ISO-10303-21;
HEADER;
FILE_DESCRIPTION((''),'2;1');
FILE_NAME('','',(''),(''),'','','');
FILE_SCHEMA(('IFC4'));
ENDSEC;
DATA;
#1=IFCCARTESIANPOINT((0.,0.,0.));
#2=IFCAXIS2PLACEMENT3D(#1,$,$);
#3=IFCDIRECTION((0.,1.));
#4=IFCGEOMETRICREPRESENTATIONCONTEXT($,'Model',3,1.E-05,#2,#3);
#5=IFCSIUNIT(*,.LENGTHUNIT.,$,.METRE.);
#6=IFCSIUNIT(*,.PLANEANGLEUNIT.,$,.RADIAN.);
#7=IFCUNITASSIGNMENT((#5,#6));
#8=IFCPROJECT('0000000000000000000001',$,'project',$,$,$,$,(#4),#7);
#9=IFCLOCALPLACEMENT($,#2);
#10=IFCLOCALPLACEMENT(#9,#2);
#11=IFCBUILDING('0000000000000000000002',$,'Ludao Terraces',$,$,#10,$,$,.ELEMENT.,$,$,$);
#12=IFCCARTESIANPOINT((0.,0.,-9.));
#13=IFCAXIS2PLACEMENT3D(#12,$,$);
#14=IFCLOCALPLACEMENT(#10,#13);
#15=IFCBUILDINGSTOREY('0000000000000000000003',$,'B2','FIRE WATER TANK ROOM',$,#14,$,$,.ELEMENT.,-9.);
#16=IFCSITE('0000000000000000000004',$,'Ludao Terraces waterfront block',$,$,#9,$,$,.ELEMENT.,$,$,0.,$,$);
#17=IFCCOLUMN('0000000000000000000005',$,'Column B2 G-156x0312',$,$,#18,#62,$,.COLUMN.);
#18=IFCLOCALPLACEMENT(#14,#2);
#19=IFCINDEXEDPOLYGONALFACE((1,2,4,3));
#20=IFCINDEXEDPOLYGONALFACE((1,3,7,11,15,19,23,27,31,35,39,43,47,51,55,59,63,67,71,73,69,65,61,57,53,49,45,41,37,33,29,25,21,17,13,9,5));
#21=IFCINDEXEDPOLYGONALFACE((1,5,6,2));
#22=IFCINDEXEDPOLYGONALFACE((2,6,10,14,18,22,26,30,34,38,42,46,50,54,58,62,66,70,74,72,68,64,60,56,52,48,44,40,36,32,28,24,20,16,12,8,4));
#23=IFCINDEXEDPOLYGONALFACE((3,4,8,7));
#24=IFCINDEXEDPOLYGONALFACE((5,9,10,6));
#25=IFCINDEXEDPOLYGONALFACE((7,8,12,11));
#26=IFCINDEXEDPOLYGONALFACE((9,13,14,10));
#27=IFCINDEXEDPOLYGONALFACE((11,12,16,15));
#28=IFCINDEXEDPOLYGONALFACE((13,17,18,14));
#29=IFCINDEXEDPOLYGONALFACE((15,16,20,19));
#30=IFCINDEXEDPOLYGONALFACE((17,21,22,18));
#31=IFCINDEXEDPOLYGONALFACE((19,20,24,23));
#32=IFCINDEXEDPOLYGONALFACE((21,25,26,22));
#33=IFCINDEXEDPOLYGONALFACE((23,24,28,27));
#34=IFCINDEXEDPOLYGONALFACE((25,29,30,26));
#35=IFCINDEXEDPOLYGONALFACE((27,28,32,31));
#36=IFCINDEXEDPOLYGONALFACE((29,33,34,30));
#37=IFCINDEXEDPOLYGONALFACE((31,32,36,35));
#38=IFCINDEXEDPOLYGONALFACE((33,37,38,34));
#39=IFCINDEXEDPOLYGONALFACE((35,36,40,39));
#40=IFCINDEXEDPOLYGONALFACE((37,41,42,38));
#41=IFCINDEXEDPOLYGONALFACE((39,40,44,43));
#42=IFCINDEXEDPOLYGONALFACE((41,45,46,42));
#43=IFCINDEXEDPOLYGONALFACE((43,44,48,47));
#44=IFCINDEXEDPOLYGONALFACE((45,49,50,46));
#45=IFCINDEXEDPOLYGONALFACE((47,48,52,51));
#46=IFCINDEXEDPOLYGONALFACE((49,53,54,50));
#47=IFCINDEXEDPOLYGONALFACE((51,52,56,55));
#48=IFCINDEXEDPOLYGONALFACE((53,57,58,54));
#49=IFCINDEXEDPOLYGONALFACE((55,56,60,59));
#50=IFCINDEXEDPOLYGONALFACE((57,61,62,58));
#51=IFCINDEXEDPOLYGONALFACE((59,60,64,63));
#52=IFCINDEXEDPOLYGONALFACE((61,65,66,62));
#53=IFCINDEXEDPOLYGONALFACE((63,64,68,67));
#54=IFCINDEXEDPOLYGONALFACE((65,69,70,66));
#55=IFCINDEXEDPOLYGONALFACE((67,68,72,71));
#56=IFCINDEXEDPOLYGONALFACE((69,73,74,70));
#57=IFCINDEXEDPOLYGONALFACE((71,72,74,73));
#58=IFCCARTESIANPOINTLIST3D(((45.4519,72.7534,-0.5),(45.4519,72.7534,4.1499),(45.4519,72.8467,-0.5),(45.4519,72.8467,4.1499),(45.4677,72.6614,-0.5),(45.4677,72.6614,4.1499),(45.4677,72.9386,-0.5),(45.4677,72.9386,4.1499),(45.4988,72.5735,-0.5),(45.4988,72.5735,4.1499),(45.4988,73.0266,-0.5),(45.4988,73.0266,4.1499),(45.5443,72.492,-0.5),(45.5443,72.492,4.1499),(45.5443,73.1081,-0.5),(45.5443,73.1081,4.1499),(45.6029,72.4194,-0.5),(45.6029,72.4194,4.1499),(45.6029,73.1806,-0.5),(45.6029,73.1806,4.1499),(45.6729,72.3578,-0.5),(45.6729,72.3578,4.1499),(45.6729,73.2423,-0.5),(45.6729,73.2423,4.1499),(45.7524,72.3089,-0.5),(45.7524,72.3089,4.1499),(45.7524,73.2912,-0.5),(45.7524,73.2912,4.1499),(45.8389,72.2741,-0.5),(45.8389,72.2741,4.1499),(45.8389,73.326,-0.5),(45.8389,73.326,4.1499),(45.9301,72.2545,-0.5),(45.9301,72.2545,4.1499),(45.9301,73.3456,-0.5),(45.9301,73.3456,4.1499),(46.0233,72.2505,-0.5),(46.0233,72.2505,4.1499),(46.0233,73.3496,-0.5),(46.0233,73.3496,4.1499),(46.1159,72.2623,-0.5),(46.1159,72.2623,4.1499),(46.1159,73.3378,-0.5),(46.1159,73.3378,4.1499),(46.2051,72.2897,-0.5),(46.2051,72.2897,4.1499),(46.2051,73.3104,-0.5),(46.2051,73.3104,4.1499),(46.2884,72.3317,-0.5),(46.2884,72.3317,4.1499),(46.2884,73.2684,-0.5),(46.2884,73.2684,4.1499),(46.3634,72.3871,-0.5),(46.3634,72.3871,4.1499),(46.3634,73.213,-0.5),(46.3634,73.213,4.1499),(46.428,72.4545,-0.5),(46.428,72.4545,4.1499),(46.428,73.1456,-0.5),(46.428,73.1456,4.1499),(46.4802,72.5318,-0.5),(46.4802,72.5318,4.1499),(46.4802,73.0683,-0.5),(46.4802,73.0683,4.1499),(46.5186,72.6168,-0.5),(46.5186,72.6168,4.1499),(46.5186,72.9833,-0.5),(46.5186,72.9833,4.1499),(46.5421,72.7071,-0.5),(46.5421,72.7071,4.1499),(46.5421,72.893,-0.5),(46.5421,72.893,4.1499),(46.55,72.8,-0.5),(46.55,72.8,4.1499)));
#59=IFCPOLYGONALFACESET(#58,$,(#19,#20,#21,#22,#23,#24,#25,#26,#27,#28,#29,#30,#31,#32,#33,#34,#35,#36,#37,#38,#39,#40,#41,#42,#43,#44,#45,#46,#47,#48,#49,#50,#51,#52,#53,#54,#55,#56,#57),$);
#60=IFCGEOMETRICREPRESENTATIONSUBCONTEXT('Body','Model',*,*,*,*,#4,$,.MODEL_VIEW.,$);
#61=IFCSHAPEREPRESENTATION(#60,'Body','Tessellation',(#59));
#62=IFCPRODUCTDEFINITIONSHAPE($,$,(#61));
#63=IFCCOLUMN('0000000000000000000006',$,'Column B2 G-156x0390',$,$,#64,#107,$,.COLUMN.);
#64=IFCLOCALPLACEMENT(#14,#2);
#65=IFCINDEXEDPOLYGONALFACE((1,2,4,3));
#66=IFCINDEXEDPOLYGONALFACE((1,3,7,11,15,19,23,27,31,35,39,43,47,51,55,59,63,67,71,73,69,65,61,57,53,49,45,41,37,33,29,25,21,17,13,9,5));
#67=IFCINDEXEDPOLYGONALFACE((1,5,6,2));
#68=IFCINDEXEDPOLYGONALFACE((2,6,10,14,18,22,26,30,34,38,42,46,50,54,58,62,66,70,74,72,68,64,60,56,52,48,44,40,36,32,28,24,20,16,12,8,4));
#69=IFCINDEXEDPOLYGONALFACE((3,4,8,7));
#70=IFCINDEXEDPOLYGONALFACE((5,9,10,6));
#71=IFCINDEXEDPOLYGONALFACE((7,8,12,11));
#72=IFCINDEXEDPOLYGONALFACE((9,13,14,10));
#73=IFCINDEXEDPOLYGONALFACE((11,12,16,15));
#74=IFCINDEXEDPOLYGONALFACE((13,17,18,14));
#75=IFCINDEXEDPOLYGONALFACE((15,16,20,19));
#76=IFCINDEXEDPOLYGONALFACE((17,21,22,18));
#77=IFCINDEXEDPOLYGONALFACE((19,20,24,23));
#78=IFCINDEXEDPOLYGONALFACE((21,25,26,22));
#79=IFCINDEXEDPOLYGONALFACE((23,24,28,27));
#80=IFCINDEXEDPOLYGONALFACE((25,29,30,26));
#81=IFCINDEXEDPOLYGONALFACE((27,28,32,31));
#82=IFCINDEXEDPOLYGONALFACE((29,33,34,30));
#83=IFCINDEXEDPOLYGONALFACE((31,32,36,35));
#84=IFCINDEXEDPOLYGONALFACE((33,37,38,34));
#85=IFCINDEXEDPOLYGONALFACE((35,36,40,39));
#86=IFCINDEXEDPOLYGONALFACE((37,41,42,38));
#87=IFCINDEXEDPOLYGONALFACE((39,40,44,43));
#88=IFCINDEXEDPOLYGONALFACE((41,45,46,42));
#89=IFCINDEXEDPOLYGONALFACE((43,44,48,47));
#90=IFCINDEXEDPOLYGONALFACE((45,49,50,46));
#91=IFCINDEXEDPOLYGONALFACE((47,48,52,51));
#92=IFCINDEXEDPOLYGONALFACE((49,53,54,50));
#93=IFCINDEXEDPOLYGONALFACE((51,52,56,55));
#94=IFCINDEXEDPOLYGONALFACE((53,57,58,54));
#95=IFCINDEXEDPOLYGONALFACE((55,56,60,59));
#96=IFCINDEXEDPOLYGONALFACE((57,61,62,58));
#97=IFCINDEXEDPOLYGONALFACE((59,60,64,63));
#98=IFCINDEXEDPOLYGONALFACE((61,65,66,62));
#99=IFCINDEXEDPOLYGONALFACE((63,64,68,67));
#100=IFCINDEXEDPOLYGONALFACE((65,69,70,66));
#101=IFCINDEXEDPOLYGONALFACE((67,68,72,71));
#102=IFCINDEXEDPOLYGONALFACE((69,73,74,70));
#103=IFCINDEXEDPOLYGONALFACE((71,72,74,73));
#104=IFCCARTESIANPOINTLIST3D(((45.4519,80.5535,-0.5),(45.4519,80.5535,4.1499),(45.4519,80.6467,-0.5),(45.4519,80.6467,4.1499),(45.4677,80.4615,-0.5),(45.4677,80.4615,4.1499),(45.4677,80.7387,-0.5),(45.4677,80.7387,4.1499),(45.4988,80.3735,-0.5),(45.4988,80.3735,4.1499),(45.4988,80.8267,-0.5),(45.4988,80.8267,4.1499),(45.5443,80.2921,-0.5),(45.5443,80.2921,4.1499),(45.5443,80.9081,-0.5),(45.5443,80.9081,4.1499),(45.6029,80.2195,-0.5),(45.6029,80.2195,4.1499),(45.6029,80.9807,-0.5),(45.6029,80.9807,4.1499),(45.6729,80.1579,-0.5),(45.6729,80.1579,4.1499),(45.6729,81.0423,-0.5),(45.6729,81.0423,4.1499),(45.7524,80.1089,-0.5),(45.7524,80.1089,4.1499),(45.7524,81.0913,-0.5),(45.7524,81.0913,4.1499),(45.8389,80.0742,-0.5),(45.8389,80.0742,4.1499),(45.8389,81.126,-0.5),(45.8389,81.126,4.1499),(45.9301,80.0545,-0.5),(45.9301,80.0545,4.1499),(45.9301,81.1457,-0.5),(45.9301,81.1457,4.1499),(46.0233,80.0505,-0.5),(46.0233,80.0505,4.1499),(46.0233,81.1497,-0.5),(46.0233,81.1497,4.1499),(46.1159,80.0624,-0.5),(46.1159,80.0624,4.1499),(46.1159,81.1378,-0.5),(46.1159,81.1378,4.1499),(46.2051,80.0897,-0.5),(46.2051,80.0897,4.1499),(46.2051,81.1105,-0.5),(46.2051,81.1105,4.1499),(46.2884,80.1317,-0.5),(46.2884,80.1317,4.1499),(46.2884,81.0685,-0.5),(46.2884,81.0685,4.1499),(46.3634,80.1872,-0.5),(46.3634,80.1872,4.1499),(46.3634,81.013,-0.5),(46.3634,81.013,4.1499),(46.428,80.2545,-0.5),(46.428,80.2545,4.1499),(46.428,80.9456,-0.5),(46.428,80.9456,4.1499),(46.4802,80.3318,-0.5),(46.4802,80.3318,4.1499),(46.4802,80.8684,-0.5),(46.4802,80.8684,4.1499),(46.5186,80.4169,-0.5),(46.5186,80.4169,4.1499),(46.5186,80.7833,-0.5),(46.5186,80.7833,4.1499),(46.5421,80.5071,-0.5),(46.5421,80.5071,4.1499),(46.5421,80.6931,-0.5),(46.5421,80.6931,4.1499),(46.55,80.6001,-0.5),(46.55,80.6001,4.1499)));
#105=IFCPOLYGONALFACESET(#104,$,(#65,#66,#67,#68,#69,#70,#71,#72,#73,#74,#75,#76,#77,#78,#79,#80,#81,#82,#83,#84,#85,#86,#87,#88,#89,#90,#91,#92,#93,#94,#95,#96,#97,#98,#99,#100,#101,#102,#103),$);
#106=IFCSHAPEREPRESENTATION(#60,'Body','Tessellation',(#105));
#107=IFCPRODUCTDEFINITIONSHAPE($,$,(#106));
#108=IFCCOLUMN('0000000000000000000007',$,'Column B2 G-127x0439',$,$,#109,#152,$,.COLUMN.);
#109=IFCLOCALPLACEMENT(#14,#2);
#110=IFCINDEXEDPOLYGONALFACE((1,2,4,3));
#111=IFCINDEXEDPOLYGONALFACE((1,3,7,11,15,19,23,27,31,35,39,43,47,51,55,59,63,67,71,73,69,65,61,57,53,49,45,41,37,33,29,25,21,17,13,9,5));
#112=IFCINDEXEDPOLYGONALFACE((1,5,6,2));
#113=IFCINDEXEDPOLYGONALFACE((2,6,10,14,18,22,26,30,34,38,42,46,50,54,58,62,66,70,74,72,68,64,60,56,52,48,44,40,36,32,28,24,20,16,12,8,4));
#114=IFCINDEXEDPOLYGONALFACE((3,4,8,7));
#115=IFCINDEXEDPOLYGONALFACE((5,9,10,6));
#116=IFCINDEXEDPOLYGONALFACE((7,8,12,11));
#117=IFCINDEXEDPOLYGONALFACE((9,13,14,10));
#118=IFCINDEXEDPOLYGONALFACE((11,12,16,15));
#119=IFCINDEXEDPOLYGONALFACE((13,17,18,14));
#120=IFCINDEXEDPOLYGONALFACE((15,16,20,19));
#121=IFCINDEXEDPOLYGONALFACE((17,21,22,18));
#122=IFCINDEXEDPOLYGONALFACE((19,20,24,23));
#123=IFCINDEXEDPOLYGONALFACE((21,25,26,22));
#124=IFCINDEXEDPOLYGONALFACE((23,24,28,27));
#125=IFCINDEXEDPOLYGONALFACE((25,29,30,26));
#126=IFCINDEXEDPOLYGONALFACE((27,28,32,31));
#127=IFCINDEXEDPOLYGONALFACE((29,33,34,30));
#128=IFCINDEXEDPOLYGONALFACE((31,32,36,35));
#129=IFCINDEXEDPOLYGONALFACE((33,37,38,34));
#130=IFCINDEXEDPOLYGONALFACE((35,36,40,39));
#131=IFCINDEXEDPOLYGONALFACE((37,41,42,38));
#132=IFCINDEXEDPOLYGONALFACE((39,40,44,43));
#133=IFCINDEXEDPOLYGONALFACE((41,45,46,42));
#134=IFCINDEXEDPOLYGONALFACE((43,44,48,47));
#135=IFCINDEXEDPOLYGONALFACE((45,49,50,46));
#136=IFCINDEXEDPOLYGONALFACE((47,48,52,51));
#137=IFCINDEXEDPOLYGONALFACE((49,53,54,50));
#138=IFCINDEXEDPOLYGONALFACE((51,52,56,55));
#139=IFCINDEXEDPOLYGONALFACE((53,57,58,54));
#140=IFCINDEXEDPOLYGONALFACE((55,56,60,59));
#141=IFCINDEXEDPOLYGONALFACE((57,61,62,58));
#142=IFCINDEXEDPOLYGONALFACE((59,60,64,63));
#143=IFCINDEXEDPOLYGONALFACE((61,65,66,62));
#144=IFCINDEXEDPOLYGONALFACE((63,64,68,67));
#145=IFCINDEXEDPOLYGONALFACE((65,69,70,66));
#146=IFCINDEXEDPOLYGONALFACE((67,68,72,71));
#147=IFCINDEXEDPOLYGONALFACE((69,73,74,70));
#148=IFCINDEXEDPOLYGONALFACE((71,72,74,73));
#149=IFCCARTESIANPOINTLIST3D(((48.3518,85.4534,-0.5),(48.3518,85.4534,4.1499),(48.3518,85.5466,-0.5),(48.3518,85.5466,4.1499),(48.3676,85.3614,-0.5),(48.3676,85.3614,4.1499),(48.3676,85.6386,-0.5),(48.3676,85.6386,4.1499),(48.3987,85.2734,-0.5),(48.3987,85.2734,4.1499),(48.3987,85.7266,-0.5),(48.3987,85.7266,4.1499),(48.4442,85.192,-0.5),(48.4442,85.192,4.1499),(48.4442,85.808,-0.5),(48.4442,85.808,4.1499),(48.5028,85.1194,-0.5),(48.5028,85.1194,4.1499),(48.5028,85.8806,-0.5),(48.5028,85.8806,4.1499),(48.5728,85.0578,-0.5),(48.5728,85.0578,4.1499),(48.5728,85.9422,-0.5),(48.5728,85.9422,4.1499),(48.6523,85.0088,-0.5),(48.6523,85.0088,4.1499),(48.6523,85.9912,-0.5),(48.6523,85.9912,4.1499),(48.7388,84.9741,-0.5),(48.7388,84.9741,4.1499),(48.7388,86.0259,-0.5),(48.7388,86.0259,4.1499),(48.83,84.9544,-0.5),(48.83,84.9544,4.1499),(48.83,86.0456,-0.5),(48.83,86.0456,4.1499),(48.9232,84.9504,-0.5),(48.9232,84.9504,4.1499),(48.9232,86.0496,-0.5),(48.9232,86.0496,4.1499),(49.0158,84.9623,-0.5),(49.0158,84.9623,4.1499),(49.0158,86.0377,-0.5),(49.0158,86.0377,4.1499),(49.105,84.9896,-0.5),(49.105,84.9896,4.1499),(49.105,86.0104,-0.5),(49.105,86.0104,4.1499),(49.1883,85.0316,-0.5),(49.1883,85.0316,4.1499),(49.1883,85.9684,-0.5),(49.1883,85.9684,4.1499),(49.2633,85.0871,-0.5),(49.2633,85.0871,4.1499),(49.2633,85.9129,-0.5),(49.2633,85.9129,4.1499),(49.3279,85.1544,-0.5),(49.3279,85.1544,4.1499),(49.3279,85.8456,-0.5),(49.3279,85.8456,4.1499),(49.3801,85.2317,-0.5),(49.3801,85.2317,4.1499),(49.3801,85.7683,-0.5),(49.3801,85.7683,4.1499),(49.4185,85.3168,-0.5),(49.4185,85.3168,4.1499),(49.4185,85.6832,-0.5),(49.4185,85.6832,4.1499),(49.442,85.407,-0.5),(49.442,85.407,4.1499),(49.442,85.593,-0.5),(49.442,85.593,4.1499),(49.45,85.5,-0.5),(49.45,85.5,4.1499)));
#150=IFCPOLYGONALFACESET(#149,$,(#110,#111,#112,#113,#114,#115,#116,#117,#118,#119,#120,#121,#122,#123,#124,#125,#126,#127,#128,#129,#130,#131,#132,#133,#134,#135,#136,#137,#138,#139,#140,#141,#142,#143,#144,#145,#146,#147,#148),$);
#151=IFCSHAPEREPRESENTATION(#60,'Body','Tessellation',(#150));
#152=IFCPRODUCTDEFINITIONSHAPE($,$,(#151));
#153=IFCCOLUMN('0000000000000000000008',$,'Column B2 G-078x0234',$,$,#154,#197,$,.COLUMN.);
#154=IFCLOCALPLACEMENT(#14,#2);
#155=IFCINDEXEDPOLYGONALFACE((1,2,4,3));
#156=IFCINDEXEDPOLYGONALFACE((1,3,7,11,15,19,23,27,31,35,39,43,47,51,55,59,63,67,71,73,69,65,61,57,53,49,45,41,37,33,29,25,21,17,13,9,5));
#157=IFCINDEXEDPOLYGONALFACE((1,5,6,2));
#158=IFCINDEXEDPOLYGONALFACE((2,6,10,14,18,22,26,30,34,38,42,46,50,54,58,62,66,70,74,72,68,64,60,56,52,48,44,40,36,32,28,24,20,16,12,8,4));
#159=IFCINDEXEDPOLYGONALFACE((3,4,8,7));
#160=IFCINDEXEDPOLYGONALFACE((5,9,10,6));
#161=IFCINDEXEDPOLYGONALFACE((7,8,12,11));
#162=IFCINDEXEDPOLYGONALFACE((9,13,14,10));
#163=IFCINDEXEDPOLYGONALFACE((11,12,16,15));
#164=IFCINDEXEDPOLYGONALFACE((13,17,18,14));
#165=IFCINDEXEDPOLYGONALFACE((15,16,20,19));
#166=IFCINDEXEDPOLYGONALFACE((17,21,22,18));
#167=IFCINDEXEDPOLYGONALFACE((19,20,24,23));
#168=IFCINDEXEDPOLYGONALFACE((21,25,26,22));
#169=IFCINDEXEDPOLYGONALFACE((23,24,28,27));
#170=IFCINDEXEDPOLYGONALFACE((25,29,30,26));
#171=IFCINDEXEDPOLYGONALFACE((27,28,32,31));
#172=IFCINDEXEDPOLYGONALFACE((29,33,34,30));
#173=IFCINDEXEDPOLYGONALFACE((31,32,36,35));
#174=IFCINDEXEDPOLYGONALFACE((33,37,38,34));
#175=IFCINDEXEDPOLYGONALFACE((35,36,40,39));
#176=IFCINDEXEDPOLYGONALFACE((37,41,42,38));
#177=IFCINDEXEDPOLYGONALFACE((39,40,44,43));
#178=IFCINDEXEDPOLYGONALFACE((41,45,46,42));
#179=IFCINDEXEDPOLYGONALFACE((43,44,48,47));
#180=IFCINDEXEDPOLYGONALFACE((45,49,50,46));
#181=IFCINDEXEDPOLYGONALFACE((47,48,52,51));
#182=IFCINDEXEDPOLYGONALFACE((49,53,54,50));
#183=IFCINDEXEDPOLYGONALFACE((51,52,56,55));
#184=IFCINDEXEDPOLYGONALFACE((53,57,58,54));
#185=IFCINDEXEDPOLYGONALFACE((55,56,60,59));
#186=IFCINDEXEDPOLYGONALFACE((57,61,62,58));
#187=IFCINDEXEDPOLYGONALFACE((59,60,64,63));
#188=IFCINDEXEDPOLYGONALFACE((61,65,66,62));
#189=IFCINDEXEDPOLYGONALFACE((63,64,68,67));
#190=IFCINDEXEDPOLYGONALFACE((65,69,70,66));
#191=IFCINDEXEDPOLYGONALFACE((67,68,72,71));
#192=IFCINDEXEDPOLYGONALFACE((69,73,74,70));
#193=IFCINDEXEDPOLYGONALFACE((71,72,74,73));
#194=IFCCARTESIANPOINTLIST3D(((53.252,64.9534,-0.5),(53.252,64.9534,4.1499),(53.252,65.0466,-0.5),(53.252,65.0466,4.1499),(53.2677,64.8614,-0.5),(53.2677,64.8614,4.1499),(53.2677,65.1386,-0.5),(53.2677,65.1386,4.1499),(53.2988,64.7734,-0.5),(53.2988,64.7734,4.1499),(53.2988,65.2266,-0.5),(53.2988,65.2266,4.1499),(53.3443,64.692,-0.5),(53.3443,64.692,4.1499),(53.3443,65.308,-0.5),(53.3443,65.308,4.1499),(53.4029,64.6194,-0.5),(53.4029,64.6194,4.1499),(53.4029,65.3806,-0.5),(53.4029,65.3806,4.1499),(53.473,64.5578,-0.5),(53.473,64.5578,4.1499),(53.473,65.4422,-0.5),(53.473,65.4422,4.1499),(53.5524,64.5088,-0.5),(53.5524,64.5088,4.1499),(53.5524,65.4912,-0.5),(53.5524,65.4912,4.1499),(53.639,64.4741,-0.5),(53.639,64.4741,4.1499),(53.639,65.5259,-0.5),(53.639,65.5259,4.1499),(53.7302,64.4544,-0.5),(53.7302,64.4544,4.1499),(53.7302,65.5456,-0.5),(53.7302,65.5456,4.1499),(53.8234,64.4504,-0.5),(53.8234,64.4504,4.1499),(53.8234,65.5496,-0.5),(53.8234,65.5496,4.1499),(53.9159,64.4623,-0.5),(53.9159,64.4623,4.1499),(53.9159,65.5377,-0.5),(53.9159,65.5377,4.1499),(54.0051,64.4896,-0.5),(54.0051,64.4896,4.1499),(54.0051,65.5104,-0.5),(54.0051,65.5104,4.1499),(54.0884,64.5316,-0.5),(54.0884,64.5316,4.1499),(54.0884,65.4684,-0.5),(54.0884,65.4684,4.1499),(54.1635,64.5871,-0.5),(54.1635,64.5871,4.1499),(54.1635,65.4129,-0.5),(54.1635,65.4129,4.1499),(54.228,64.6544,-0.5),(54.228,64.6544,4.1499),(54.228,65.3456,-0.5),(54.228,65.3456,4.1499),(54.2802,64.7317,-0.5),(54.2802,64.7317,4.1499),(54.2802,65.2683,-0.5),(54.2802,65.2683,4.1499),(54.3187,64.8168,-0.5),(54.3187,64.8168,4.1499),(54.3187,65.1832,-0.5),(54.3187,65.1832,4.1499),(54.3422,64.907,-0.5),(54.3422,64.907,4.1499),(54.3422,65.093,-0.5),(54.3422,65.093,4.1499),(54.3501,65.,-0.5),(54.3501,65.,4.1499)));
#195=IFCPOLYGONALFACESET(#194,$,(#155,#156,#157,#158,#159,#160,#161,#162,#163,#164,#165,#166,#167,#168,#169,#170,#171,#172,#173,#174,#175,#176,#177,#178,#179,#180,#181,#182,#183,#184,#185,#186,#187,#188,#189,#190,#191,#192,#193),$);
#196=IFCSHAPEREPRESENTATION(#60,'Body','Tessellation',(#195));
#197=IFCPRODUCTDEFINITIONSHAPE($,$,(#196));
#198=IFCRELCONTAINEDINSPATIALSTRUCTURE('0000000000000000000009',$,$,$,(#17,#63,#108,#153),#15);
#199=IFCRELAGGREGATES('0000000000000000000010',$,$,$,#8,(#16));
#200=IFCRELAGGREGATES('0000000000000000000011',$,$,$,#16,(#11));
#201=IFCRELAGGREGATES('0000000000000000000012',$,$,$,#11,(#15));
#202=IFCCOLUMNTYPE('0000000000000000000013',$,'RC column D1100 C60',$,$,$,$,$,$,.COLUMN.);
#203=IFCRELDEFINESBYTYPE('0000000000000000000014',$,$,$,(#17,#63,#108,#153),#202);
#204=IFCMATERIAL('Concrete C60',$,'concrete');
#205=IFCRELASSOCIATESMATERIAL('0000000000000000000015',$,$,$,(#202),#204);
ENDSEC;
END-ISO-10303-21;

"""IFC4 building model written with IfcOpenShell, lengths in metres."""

from ifc_helpers import new_model, si_unit, direction, frame, origin, origin_2d, place, context, subcontext, project, spatial, circle, extrude, material, material_profile, profile_set, type_object, element, save


model = new_model("IFC4")

# Units and contexts
model_context = context("Model", 3, precision=1e-05, world=origin(), true_north=direction((0.0, 1.0)))
body_context = subcontext(model_context, "Body", "Model", "MODEL_VIEW")
ifc_project = project(units=[si_unit("LENGTHUNIT", "METRE"), si_unit("PLANEANGLEUNIT", "RADIAN")], contexts=[model_context])

# Site, building, storey
site_placement = place(None, origin())
site = spatial("IfcSite", under=ifc_project, at=site_placement, Name="Ludao Terraces waterfront block", CompositionType="ELEMENT", RefElevation=0.0)
building_placement = place(site_placement, origin())
building = spatial("IfcBuilding", under=site, at=building_placement, Name="Ludao Terraces", CompositionType="ELEMENT")
storey_placement = place(building_placement, frame((0.0, 0.0, -9.0)))
storey = spatial("IfcBuildingStorey", under=building, at=storey_placement, Name="B2", Description="FIRE WATER TANK ROOM", CompositionType="ELEMENT", Elevation=-9.0)

# Columns
ifc_material_1 = material(Name="Concrete C60", Category="concrete")
ifc_material_profile_1 = material_profile(ifc_material_1, circle(Radius=0.55, at=origin_2d()), Name="D1100")
ifc_profile_set_1 = profile_set([ifc_material_profile_1], Name="Concrete C60")
column_type_1 = type_object("IfcColumnType", Name="RC column D1100 C60", PredefinedType="COLUMN", material=ifc_profile_set_1)
for number, where, z_axis, x_axis, name in (
    (1, (46.0, 72.8, -0.5), (0.0, 0.0, 1.0), (1.0, 0.0, 0.0), "Column B2 G-156x0312"),
    (2, (46.0, 80.6001, -0.5), (0.0, 0.0, 1.0), (1.0, 0.0, 0.0), "Column B2 G-156x0390"),
    (3, (48.8999, 85.5, -0.5), (0.0, 0.0, 1.0), (1.0, 0.0, 0.0), "Column B2 G-127x0439"),
    (4, (53.8, 65.0, -0.5), (0.0, 0.0, 1.0), (1.0, 0.0, 0.0), "Column B2 G-078x0234"),
):
    element("IfcColumn", number, at=place(storey_placement, frame(where, z_axis=z_axis, x_axis=x_axis)), inside=storey, type_object=column_type_1, Name=name, PredefinedType="COLUMN", context=body_context, shape_type="SweptSolid", body=[
        extrude(circle(Radius=0.55, at=origin_2d()), origin(), (0.0, 0.0, 1.0), 4.6499),
    ])

save(model, "model.ifc")
